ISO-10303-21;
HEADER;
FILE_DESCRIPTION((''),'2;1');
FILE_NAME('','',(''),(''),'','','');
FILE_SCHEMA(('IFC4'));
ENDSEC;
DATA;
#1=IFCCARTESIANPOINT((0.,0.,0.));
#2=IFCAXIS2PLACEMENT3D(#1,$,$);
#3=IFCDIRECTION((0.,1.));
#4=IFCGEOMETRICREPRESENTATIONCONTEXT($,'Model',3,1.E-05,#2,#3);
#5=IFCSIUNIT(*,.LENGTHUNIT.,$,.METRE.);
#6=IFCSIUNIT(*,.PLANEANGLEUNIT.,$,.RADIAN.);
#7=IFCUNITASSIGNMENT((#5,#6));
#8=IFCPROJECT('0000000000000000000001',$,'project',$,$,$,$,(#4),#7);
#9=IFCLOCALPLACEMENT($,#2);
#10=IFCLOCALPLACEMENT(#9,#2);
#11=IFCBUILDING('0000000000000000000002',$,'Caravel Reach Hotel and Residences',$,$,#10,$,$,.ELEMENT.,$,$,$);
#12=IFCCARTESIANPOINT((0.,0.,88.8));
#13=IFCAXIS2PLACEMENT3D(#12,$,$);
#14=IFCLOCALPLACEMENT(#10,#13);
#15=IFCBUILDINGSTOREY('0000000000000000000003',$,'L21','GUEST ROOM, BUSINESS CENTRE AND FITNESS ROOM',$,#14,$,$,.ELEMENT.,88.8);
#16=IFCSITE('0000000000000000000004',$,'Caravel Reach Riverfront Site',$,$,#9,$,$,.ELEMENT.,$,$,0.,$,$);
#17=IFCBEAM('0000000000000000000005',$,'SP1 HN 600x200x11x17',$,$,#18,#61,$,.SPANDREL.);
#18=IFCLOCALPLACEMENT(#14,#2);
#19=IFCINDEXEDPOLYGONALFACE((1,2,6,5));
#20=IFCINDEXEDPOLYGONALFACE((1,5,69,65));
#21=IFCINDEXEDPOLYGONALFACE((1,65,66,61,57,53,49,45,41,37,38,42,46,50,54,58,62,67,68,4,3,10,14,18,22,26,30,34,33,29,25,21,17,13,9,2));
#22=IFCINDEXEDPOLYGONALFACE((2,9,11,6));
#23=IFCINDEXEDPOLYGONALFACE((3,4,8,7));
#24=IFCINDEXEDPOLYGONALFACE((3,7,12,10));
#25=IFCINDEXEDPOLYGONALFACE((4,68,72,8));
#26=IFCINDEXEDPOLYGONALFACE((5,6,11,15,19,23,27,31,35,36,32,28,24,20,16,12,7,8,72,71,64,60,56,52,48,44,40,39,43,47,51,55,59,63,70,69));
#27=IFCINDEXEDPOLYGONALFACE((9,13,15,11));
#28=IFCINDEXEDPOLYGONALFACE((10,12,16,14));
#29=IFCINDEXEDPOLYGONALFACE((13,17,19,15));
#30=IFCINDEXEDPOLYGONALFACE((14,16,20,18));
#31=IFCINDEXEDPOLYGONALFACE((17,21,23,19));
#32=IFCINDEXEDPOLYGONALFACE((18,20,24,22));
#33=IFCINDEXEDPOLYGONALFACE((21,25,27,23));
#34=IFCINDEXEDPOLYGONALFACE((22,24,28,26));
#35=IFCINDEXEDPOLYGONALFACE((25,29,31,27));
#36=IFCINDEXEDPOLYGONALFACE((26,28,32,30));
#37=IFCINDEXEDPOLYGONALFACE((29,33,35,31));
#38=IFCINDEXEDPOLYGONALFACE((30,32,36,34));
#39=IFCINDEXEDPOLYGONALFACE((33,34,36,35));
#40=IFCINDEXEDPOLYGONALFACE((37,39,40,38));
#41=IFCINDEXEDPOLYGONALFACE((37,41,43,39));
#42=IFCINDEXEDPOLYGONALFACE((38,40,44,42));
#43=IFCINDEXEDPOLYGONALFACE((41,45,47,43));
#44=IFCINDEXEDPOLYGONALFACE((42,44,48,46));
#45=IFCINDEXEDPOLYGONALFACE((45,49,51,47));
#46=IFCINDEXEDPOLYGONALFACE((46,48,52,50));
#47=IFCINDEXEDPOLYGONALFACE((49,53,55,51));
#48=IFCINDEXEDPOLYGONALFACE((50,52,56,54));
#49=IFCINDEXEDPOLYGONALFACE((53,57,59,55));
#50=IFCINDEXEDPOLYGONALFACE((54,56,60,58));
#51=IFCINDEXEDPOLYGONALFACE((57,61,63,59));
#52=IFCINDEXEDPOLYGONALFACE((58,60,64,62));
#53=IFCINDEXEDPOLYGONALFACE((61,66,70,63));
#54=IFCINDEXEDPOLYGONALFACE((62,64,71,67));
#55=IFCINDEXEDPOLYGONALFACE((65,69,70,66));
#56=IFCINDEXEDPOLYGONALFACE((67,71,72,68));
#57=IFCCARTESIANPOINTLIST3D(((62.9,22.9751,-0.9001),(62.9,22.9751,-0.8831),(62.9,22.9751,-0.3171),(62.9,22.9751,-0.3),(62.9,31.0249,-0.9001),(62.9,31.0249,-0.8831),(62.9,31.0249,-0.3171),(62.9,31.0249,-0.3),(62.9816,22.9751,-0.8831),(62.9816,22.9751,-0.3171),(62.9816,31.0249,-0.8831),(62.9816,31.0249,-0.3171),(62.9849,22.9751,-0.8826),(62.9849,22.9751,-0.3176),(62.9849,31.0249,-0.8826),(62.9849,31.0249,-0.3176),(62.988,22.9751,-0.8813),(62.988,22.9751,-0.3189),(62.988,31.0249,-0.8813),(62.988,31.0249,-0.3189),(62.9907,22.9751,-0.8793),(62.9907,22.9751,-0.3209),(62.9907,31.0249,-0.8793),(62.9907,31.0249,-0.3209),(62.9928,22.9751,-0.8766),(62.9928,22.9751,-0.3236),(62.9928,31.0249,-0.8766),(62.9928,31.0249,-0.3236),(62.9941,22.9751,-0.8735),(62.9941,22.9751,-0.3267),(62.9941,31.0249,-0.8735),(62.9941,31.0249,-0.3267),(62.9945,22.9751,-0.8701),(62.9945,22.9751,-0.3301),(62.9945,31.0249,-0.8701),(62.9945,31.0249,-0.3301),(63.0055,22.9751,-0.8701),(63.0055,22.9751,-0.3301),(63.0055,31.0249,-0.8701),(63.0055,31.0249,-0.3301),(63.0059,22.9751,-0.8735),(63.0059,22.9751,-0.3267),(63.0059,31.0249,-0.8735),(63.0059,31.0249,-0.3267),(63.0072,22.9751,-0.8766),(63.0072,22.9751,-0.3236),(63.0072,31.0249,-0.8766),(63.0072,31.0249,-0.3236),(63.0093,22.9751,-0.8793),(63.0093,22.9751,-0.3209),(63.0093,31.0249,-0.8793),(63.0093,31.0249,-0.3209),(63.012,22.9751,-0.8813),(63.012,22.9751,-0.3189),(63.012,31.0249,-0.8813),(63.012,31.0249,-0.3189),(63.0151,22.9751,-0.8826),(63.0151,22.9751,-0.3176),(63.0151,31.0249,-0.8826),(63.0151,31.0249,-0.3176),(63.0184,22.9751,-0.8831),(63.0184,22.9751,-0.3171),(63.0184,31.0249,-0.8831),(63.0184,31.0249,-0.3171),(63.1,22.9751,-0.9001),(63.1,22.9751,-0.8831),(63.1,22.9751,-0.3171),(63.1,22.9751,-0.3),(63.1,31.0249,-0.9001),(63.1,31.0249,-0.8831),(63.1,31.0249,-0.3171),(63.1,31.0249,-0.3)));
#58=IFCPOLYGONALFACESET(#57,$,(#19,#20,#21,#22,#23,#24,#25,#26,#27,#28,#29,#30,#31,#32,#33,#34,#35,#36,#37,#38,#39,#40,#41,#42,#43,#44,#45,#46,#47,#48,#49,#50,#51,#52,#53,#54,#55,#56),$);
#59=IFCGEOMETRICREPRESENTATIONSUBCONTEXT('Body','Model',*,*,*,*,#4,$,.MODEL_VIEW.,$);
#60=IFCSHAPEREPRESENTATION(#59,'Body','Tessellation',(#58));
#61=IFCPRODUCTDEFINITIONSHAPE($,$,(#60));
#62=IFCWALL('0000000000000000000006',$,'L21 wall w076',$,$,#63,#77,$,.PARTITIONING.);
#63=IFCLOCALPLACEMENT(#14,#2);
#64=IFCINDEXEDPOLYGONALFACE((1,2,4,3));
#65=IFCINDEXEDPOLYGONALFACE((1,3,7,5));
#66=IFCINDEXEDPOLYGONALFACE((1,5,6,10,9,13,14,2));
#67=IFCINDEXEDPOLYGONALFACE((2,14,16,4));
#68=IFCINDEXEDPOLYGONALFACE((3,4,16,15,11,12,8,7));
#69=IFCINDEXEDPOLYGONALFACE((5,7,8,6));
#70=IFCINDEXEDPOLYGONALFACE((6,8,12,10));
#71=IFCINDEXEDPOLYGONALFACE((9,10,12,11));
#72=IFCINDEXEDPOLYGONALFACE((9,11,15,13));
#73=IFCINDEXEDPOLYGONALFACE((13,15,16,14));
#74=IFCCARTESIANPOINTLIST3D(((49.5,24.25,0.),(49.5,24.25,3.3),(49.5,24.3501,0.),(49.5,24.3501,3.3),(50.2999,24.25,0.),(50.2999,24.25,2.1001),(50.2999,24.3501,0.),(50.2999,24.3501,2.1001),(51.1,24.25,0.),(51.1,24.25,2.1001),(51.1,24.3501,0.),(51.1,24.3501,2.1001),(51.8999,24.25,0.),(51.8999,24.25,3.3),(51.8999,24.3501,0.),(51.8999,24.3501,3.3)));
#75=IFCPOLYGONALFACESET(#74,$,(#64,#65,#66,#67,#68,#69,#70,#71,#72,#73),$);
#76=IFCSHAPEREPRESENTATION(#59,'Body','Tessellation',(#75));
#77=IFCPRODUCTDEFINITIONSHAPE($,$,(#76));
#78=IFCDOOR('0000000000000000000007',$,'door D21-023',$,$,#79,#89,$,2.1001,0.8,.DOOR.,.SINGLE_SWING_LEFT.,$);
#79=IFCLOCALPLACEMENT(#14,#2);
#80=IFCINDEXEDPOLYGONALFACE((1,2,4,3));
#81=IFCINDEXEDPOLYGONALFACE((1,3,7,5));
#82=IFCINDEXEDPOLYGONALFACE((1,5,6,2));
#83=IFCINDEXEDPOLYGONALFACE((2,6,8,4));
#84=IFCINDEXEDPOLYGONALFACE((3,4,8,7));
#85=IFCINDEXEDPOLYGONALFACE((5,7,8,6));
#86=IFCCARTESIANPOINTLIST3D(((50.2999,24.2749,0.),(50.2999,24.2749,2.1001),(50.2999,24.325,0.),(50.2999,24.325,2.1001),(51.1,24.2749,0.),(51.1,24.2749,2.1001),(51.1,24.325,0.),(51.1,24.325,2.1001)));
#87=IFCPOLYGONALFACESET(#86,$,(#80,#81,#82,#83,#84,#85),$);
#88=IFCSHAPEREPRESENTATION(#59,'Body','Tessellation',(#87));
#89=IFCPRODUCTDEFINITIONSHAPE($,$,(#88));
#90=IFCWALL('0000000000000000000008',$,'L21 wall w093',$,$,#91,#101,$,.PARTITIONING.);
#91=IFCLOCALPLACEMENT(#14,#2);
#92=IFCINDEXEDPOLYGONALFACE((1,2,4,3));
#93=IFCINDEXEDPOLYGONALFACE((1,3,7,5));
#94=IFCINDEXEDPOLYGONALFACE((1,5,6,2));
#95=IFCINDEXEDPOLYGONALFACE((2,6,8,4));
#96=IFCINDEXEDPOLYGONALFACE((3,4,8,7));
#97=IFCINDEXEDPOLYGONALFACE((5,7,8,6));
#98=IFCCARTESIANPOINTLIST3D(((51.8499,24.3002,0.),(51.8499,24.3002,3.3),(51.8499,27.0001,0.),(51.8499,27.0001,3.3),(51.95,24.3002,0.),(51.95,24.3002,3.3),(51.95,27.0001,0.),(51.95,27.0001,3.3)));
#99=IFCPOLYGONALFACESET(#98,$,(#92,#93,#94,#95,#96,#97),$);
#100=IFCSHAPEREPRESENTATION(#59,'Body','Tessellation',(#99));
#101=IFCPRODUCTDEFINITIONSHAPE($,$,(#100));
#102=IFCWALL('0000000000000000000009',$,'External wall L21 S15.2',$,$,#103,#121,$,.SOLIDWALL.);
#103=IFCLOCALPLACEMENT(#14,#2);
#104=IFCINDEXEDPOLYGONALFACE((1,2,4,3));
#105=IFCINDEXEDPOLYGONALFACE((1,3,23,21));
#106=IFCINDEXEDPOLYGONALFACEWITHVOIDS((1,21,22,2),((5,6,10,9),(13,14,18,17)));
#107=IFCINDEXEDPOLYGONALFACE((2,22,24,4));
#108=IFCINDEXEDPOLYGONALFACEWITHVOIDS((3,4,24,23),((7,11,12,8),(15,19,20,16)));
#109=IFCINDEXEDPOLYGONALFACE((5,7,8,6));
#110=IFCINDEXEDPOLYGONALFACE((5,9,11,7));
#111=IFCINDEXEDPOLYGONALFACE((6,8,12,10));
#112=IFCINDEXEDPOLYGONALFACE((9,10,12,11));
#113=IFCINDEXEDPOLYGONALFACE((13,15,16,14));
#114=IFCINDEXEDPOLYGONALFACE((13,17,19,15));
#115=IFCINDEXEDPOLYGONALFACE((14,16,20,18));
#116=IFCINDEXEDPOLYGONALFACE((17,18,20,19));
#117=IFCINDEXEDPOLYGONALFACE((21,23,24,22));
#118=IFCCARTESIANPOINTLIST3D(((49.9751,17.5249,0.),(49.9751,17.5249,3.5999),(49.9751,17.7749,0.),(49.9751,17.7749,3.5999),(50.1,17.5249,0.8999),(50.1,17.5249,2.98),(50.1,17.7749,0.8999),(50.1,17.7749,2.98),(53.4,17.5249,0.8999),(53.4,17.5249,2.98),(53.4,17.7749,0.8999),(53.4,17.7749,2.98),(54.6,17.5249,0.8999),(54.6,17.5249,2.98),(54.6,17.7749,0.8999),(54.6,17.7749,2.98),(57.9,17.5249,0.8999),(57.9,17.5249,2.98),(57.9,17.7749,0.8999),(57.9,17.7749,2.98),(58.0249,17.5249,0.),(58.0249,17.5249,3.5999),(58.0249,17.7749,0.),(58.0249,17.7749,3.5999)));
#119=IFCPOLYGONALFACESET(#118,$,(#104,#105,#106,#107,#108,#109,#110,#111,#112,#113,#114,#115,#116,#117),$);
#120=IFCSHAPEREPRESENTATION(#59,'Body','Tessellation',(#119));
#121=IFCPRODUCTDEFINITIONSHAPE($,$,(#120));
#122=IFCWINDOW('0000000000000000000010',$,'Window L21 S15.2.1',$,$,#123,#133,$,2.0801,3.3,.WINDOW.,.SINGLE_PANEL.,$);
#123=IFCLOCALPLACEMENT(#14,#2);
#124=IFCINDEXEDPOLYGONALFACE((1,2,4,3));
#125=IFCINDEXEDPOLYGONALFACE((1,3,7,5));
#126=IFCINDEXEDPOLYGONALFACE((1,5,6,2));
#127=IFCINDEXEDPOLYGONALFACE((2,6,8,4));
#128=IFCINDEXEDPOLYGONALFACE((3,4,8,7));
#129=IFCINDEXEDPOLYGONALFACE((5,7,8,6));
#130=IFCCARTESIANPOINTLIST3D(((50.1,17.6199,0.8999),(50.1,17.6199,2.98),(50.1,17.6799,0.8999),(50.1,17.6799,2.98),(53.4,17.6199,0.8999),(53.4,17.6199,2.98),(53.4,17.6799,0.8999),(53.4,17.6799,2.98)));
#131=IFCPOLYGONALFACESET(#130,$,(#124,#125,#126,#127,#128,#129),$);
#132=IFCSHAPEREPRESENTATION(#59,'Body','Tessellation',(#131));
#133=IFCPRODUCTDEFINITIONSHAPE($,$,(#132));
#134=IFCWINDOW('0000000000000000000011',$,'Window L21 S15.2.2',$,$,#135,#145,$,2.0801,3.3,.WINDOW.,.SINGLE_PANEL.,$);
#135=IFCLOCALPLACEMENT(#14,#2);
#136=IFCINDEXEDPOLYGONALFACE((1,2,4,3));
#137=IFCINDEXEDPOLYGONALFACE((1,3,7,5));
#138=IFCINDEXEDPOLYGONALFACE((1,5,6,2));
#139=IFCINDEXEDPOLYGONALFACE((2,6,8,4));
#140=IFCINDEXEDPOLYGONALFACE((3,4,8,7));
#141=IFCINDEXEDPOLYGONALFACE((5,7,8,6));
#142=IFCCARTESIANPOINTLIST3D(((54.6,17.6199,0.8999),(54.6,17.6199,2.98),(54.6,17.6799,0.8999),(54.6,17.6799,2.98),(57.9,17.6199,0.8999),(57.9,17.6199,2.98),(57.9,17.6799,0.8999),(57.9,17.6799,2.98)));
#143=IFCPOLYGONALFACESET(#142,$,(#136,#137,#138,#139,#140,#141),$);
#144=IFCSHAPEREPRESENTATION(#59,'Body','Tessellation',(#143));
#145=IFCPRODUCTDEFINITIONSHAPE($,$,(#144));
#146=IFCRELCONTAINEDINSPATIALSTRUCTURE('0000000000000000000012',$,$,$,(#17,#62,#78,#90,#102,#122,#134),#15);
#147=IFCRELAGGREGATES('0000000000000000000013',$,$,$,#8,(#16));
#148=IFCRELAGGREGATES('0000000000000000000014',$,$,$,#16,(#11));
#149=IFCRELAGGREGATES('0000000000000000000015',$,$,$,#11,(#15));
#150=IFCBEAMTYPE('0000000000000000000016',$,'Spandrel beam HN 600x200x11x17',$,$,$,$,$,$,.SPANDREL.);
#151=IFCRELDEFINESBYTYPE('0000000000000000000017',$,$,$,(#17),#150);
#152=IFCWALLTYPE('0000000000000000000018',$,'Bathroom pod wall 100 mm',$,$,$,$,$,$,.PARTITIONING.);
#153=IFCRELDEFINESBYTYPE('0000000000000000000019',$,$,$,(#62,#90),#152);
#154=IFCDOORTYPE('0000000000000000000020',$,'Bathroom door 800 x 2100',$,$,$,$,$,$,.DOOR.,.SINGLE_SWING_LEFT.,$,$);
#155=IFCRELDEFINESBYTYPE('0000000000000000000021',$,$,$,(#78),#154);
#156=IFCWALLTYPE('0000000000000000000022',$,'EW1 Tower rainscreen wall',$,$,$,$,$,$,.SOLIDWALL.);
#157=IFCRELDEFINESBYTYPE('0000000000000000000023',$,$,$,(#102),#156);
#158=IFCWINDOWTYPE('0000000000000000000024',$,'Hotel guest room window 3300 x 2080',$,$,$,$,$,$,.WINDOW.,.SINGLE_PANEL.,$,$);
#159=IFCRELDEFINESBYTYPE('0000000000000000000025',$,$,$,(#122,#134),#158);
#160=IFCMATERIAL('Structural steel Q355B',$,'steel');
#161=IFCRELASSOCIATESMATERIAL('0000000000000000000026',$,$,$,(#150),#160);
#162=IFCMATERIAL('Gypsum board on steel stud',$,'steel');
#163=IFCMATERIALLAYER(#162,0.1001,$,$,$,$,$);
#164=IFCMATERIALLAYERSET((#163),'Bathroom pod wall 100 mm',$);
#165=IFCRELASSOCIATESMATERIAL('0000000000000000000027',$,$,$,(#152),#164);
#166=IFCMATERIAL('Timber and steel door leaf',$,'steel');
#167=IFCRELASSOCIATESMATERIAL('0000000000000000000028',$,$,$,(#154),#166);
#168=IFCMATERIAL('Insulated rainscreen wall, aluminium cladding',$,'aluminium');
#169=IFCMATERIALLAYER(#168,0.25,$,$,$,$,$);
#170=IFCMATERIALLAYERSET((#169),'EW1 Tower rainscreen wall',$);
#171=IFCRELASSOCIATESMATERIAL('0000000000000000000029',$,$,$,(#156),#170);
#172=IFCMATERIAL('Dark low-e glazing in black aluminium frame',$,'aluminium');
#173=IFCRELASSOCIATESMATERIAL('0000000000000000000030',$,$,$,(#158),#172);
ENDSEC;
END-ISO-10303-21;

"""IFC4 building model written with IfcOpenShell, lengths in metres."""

from ifc_helpers import new_model, si_unit, direction, frame, frame_2d, origin, origin_2d, place, context, subcontext, project, spatial, rectangle, i_section, extrude, material, layer, layer_set, material_profile, profile_set, type_object, element, fill, save


model = new_model("IFC4")

# Units and contexts
model_context = context("Model", 3, precision=1e-05, world=origin(), true_north=direction((0.0, 1.0)))
body_context = subcontext(model_context, "Body", "Model", "MODEL_VIEW")
ifc_project = project(units=[si_unit("LENGTHUNIT", "METRE"), si_unit("PLANEANGLEUNIT", "RADIAN")], contexts=[model_context])

# Site, building, storey
site_placement = place(None, origin())
site = spatial("IfcSite", under=ifc_project, at=site_placement, Name="Caravel Reach Riverfront Site", CompositionType="ELEMENT", RefElevation=0.0)
building_placement = place(site_placement, origin())
building = spatial("IfcBuilding", under=site, at=building_placement, Name="Caravel Reach Hotel and Residences", CompositionType="ELEMENT")
storey_placement = place(building_placement, frame((0.0, 0.0, 88.8)))
storey = spatial("IfcBuildingStorey", under=building, at=storey_placement, Name="L21", Description="GUEST ROOM, BUSINESS CENTRE AND FITNESS ROOM", CompositionType="ELEMENT", Elevation=88.8)

# Beam
ifc_material_1 = material(Name="Structural steel Q355B", Category="steel")
ifc_material_profile_1 = material_profile(ifc_material_1, i_section(OverallWidth=0.2, OverallDepth=0.6001, WebThickness=0.011, FlangeThickness=0.0171, FilletRadius=0.0129, at=origin_2d()), Name="HN 600x200x11x17")
ifc_profile_set_1 = profile_set([ifc_material_profile_1], Name="Structural steel Q355B")
beam_type_1 = type_object("IfcBeamType", Name="Spandrel beam HN 600x200x11x17", PredefinedType="SPANDREL", material=ifc_profile_set_1)
beam_1_placement = place(storey_placement, frame((63.0, 22.9751, -0.6001), z_axis=(0.0, 1.0, 0.0), x_axis=(-1.0, 0.0, 0.0)))
element("IfcBeam", 1, at=beam_1_placement, inside=storey, type_object=beam_type_1, Name="SP1 HN 600x200x11x17", PredefinedType="SPANDREL", context=body_context, shape_type="SweptSolid", body=[
    extrude(i_section(OverallWidth=0.2, OverallDepth=0.6001, WebThickness=0.011, FlangeThickness=0.0171, FilletRadius=0.0129, at=origin_2d()), origin(), (0.0, 0.0, 1.0), 8.0498),
])

# Wall, opening, door
ifc_material_2 = material(Name="Gypsum board on steel stud", Category="steel")
ifc_layer_1 = layer(ifc_material_2, 0.1001)
ifc_layer_set_1 = layer_set([ifc_layer_1], Name="Bathroom pod wall 100 mm")
wall_type_1 = type_object("IfcWallType", Name="Bathroom pod wall 100 mm", PredefinedType="PARTITIONING", material=ifc_layer_set_1)
wall_1_placement = place(storey_placement, frame((49.5, 24.3, 0.0), z_axis=(0.0, 0.0, 1.0), x_axis=(1.0, 0.0, 0.0)))
wall_1 = element("IfcWall", 2, at=wall_1_placement, inside=storey, type_object=wall_type_1, Name="L21 wall w076", PredefinedType="PARTITIONING", context=body_context, shape_type="SweptSolid", body=[
    extrude(rectangle(XDim=2.3999, YDim=0.1001, at=frame_2d((1.2, 0.0))), origin(), (0.0, 0.0, 1.0), 3.3),
])
opening_1_placement = place(wall_1_placement, frame((0.8, 0.0, 0.0)))
opening_1 = element("IfcOpeningElement", 3, at=opening_1_placement, cuts=wall_1, PredefinedType="OPENING", context=body_context, shape_type="SweptSolid", body=[
    extrude(rectangle(XDim=0.8, YDim=2.1001, at=frame_2d((0.3999, 1.05))), frame((0.0, 0.0601, 0.0), z_axis=(0.0, -1.0, 0.0), x_axis=(1.0, 0.0, 0.0)), (0.0, 0.0, 1.0), 0.1201),
])
ifc_material_3 = material(Name="Timber and steel door leaf", Category="steel")
door_type = type_object("IfcDoorType", Name="Bathroom door 800 x 2100", OperationType="SINGLE_SWING_LEFT", PredefinedType="DOOR", material=ifc_material_3)
door_placement = place(opening_1_placement, origin())
door = element("IfcDoor", 4, at=door_placement, inside=storey, type_object=door_type, Name="door D21-023", OperationType="SINGLE_SWING_LEFT", OverallHeight=2.1001, OverallWidth=0.8, PredefinedType="DOOR", context=body_context, shape_type="SweptSolid", body=[
    extrude(rectangle(XDim=0.8, YDim=2.1001, at=frame_2d((0.3999, 1.05))), frame((0.0, 0.0249, 0.0), z_axis=(0.0, -1.0, 0.0), x_axis=(1.0, 0.0, 0.0)), (0.0, 0.0, 1.0), 0.05),
])
fill(opening_1, door)

# Wall
wall_2_placement = place(storey_placement, frame((51.8999, 24.3, 0.0), z_axis=(0.0, 0.0, 1.0), x_axis=(0.0, 1.0, 0.0)))
element("IfcWall", 5, at=wall_2_placement, inside=storey, type_object=wall_type_1, Name="L21 wall w093", PredefinedType="PARTITIONING", context=body_context, shape_type="SweptSolid", body=[
    extrude(rectangle(XDim=2.7, YDim=0.1001, at=frame_2d((1.3501, 0.0))), origin(), (0.0, 0.0, 1.0), 3.3),
])

# Wall, openings, windows
ifc_material_4 = material(Name="Insulated rainscreen wall, aluminium cladding", Category="aluminium")
ifc_layer_2 = layer(ifc_material_4, 0.25)
ifc_layer_set_2 = layer_set([ifc_layer_2], Name="EW1 Tower rainscreen wall")
wall_type_2 = type_object("IfcWallType", Name="EW1 Tower rainscreen wall", PredefinedType="SOLIDWALL", material=ifc_layer_set_2)
wall_3_placement = place(storey_placement, frame((49.9751, 17.6499, 0.0), z_axis=(0.0, 0.0, 1.0), x_axis=(1.0, 0.0, 0.0)))
wall_3 = element("IfcWall", 6, at=wall_3_placement, inside=storey, type_object=wall_type_2, Name="External wall L21 S15.2", PredefinedType="SOLIDWALL", context=body_context, shape_type="SweptSolid", body=[
    extrude(rectangle(XDim=8.0498, YDim=0.25, at=frame_2d((4.0249, 0.0))), origin(), (0.0, 0.0, 1.0), 3.5999),
])
opening_2_placement = place(wall_3_placement, frame((0.125, 0.0, 0.8999)))
opening_2 = element("IfcOpeningElement", 7, at=opening_2_placement, cuts=wall_3, PredefinedType="OPENING", context=body_context, shape_type="SweptSolid", body=[
    extrude(rectangle(XDim=3.3, YDim=2.0801, at=frame_2d((1.6499, 1.04))), frame((0.0, 0.135, 0.0), z_axis=(0.0, -1.0, 0.0), x_axis=(1.0, 0.0, 0.0)), (0.0, 0.0, 1.0), 0.27),
])
opening_3_placement = place(wall_3_placement, frame((4.625, 0.0, 0.8999)))
opening_3 = element("IfcOpeningElement", 8, at=opening_3_placement, cuts=wall_3, PredefinedType="OPENING", context=body_context, shape_type="SweptSolid", body=[
    extrude(rectangle(XDim=3.3, YDim=2.0801, at=frame_2d((1.6499, 1.04))), frame((0.0, 0.135, 0.0), z_axis=(0.0, -1.0, 0.0), x_axis=(1.0, 0.0, 0.0)), (0.0, 0.0, 1.0), 0.27),
])
ifc_material_5 = material(Name="Dark low-e glazing in black aluminium frame", Category="aluminium")
window_type_1 = type_object("IfcWindowType", Name="Hotel guest room window 3300 x 2080", PartitioningType="SINGLE_PANEL", PredefinedType="WINDOW", material=ifc_material_5)
window_1_placement = place(opening_2_placement, origin())
window_1 = element("IfcWindow", 9, at=window_1_placement, inside=storey, type_object=window_type_1, Name="Window L21 S15.2.1", OverallHeight=2.0801, OverallWidth=3.3, PartitioningType="SINGLE_PANEL", PredefinedType="WINDOW", context=body_context, shape_type="SweptSolid", body=[
    extrude(rectangle(XDim=3.3, YDim=2.0801, at=frame_2d((1.6499, 1.04))), frame((0.0, 0.03, 0.0), z_axis=(0.0, -1.0, 0.0), x_axis=(1.0, 0.0, 0.0)), (0.0, 0.0, 1.0), 0.0601),
])
fill(opening_2, window_1)
window_2_placement = place(opening_3_placement, origin())
window_2 = element("IfcWindow", 10, at=window_2_placement, inside=storey, type_object=window_type_1, Name="Window L21 S15.2.2", OverallHeight=2.0801, OverallWidth=3.3, PartitioningType="SINGLE_PANEL", PredefinedType="WINDOW", context=body_context, shape_type="SweptSolid", body=[
    extrude(rectangle(XDim=3.3, YDim=2.0801, at=frame_2d((1.6499, 1.04))), frame((0.0, 0.03, 0.0), z_axis=(0.0, -1.0, 0.0), x_axis=(1.0, 0.0, 0.0)), (0.0, 0.0, 1.0), 0.0601),
])
fill(opening_3, window_2)

save(model, "model.ifc")
